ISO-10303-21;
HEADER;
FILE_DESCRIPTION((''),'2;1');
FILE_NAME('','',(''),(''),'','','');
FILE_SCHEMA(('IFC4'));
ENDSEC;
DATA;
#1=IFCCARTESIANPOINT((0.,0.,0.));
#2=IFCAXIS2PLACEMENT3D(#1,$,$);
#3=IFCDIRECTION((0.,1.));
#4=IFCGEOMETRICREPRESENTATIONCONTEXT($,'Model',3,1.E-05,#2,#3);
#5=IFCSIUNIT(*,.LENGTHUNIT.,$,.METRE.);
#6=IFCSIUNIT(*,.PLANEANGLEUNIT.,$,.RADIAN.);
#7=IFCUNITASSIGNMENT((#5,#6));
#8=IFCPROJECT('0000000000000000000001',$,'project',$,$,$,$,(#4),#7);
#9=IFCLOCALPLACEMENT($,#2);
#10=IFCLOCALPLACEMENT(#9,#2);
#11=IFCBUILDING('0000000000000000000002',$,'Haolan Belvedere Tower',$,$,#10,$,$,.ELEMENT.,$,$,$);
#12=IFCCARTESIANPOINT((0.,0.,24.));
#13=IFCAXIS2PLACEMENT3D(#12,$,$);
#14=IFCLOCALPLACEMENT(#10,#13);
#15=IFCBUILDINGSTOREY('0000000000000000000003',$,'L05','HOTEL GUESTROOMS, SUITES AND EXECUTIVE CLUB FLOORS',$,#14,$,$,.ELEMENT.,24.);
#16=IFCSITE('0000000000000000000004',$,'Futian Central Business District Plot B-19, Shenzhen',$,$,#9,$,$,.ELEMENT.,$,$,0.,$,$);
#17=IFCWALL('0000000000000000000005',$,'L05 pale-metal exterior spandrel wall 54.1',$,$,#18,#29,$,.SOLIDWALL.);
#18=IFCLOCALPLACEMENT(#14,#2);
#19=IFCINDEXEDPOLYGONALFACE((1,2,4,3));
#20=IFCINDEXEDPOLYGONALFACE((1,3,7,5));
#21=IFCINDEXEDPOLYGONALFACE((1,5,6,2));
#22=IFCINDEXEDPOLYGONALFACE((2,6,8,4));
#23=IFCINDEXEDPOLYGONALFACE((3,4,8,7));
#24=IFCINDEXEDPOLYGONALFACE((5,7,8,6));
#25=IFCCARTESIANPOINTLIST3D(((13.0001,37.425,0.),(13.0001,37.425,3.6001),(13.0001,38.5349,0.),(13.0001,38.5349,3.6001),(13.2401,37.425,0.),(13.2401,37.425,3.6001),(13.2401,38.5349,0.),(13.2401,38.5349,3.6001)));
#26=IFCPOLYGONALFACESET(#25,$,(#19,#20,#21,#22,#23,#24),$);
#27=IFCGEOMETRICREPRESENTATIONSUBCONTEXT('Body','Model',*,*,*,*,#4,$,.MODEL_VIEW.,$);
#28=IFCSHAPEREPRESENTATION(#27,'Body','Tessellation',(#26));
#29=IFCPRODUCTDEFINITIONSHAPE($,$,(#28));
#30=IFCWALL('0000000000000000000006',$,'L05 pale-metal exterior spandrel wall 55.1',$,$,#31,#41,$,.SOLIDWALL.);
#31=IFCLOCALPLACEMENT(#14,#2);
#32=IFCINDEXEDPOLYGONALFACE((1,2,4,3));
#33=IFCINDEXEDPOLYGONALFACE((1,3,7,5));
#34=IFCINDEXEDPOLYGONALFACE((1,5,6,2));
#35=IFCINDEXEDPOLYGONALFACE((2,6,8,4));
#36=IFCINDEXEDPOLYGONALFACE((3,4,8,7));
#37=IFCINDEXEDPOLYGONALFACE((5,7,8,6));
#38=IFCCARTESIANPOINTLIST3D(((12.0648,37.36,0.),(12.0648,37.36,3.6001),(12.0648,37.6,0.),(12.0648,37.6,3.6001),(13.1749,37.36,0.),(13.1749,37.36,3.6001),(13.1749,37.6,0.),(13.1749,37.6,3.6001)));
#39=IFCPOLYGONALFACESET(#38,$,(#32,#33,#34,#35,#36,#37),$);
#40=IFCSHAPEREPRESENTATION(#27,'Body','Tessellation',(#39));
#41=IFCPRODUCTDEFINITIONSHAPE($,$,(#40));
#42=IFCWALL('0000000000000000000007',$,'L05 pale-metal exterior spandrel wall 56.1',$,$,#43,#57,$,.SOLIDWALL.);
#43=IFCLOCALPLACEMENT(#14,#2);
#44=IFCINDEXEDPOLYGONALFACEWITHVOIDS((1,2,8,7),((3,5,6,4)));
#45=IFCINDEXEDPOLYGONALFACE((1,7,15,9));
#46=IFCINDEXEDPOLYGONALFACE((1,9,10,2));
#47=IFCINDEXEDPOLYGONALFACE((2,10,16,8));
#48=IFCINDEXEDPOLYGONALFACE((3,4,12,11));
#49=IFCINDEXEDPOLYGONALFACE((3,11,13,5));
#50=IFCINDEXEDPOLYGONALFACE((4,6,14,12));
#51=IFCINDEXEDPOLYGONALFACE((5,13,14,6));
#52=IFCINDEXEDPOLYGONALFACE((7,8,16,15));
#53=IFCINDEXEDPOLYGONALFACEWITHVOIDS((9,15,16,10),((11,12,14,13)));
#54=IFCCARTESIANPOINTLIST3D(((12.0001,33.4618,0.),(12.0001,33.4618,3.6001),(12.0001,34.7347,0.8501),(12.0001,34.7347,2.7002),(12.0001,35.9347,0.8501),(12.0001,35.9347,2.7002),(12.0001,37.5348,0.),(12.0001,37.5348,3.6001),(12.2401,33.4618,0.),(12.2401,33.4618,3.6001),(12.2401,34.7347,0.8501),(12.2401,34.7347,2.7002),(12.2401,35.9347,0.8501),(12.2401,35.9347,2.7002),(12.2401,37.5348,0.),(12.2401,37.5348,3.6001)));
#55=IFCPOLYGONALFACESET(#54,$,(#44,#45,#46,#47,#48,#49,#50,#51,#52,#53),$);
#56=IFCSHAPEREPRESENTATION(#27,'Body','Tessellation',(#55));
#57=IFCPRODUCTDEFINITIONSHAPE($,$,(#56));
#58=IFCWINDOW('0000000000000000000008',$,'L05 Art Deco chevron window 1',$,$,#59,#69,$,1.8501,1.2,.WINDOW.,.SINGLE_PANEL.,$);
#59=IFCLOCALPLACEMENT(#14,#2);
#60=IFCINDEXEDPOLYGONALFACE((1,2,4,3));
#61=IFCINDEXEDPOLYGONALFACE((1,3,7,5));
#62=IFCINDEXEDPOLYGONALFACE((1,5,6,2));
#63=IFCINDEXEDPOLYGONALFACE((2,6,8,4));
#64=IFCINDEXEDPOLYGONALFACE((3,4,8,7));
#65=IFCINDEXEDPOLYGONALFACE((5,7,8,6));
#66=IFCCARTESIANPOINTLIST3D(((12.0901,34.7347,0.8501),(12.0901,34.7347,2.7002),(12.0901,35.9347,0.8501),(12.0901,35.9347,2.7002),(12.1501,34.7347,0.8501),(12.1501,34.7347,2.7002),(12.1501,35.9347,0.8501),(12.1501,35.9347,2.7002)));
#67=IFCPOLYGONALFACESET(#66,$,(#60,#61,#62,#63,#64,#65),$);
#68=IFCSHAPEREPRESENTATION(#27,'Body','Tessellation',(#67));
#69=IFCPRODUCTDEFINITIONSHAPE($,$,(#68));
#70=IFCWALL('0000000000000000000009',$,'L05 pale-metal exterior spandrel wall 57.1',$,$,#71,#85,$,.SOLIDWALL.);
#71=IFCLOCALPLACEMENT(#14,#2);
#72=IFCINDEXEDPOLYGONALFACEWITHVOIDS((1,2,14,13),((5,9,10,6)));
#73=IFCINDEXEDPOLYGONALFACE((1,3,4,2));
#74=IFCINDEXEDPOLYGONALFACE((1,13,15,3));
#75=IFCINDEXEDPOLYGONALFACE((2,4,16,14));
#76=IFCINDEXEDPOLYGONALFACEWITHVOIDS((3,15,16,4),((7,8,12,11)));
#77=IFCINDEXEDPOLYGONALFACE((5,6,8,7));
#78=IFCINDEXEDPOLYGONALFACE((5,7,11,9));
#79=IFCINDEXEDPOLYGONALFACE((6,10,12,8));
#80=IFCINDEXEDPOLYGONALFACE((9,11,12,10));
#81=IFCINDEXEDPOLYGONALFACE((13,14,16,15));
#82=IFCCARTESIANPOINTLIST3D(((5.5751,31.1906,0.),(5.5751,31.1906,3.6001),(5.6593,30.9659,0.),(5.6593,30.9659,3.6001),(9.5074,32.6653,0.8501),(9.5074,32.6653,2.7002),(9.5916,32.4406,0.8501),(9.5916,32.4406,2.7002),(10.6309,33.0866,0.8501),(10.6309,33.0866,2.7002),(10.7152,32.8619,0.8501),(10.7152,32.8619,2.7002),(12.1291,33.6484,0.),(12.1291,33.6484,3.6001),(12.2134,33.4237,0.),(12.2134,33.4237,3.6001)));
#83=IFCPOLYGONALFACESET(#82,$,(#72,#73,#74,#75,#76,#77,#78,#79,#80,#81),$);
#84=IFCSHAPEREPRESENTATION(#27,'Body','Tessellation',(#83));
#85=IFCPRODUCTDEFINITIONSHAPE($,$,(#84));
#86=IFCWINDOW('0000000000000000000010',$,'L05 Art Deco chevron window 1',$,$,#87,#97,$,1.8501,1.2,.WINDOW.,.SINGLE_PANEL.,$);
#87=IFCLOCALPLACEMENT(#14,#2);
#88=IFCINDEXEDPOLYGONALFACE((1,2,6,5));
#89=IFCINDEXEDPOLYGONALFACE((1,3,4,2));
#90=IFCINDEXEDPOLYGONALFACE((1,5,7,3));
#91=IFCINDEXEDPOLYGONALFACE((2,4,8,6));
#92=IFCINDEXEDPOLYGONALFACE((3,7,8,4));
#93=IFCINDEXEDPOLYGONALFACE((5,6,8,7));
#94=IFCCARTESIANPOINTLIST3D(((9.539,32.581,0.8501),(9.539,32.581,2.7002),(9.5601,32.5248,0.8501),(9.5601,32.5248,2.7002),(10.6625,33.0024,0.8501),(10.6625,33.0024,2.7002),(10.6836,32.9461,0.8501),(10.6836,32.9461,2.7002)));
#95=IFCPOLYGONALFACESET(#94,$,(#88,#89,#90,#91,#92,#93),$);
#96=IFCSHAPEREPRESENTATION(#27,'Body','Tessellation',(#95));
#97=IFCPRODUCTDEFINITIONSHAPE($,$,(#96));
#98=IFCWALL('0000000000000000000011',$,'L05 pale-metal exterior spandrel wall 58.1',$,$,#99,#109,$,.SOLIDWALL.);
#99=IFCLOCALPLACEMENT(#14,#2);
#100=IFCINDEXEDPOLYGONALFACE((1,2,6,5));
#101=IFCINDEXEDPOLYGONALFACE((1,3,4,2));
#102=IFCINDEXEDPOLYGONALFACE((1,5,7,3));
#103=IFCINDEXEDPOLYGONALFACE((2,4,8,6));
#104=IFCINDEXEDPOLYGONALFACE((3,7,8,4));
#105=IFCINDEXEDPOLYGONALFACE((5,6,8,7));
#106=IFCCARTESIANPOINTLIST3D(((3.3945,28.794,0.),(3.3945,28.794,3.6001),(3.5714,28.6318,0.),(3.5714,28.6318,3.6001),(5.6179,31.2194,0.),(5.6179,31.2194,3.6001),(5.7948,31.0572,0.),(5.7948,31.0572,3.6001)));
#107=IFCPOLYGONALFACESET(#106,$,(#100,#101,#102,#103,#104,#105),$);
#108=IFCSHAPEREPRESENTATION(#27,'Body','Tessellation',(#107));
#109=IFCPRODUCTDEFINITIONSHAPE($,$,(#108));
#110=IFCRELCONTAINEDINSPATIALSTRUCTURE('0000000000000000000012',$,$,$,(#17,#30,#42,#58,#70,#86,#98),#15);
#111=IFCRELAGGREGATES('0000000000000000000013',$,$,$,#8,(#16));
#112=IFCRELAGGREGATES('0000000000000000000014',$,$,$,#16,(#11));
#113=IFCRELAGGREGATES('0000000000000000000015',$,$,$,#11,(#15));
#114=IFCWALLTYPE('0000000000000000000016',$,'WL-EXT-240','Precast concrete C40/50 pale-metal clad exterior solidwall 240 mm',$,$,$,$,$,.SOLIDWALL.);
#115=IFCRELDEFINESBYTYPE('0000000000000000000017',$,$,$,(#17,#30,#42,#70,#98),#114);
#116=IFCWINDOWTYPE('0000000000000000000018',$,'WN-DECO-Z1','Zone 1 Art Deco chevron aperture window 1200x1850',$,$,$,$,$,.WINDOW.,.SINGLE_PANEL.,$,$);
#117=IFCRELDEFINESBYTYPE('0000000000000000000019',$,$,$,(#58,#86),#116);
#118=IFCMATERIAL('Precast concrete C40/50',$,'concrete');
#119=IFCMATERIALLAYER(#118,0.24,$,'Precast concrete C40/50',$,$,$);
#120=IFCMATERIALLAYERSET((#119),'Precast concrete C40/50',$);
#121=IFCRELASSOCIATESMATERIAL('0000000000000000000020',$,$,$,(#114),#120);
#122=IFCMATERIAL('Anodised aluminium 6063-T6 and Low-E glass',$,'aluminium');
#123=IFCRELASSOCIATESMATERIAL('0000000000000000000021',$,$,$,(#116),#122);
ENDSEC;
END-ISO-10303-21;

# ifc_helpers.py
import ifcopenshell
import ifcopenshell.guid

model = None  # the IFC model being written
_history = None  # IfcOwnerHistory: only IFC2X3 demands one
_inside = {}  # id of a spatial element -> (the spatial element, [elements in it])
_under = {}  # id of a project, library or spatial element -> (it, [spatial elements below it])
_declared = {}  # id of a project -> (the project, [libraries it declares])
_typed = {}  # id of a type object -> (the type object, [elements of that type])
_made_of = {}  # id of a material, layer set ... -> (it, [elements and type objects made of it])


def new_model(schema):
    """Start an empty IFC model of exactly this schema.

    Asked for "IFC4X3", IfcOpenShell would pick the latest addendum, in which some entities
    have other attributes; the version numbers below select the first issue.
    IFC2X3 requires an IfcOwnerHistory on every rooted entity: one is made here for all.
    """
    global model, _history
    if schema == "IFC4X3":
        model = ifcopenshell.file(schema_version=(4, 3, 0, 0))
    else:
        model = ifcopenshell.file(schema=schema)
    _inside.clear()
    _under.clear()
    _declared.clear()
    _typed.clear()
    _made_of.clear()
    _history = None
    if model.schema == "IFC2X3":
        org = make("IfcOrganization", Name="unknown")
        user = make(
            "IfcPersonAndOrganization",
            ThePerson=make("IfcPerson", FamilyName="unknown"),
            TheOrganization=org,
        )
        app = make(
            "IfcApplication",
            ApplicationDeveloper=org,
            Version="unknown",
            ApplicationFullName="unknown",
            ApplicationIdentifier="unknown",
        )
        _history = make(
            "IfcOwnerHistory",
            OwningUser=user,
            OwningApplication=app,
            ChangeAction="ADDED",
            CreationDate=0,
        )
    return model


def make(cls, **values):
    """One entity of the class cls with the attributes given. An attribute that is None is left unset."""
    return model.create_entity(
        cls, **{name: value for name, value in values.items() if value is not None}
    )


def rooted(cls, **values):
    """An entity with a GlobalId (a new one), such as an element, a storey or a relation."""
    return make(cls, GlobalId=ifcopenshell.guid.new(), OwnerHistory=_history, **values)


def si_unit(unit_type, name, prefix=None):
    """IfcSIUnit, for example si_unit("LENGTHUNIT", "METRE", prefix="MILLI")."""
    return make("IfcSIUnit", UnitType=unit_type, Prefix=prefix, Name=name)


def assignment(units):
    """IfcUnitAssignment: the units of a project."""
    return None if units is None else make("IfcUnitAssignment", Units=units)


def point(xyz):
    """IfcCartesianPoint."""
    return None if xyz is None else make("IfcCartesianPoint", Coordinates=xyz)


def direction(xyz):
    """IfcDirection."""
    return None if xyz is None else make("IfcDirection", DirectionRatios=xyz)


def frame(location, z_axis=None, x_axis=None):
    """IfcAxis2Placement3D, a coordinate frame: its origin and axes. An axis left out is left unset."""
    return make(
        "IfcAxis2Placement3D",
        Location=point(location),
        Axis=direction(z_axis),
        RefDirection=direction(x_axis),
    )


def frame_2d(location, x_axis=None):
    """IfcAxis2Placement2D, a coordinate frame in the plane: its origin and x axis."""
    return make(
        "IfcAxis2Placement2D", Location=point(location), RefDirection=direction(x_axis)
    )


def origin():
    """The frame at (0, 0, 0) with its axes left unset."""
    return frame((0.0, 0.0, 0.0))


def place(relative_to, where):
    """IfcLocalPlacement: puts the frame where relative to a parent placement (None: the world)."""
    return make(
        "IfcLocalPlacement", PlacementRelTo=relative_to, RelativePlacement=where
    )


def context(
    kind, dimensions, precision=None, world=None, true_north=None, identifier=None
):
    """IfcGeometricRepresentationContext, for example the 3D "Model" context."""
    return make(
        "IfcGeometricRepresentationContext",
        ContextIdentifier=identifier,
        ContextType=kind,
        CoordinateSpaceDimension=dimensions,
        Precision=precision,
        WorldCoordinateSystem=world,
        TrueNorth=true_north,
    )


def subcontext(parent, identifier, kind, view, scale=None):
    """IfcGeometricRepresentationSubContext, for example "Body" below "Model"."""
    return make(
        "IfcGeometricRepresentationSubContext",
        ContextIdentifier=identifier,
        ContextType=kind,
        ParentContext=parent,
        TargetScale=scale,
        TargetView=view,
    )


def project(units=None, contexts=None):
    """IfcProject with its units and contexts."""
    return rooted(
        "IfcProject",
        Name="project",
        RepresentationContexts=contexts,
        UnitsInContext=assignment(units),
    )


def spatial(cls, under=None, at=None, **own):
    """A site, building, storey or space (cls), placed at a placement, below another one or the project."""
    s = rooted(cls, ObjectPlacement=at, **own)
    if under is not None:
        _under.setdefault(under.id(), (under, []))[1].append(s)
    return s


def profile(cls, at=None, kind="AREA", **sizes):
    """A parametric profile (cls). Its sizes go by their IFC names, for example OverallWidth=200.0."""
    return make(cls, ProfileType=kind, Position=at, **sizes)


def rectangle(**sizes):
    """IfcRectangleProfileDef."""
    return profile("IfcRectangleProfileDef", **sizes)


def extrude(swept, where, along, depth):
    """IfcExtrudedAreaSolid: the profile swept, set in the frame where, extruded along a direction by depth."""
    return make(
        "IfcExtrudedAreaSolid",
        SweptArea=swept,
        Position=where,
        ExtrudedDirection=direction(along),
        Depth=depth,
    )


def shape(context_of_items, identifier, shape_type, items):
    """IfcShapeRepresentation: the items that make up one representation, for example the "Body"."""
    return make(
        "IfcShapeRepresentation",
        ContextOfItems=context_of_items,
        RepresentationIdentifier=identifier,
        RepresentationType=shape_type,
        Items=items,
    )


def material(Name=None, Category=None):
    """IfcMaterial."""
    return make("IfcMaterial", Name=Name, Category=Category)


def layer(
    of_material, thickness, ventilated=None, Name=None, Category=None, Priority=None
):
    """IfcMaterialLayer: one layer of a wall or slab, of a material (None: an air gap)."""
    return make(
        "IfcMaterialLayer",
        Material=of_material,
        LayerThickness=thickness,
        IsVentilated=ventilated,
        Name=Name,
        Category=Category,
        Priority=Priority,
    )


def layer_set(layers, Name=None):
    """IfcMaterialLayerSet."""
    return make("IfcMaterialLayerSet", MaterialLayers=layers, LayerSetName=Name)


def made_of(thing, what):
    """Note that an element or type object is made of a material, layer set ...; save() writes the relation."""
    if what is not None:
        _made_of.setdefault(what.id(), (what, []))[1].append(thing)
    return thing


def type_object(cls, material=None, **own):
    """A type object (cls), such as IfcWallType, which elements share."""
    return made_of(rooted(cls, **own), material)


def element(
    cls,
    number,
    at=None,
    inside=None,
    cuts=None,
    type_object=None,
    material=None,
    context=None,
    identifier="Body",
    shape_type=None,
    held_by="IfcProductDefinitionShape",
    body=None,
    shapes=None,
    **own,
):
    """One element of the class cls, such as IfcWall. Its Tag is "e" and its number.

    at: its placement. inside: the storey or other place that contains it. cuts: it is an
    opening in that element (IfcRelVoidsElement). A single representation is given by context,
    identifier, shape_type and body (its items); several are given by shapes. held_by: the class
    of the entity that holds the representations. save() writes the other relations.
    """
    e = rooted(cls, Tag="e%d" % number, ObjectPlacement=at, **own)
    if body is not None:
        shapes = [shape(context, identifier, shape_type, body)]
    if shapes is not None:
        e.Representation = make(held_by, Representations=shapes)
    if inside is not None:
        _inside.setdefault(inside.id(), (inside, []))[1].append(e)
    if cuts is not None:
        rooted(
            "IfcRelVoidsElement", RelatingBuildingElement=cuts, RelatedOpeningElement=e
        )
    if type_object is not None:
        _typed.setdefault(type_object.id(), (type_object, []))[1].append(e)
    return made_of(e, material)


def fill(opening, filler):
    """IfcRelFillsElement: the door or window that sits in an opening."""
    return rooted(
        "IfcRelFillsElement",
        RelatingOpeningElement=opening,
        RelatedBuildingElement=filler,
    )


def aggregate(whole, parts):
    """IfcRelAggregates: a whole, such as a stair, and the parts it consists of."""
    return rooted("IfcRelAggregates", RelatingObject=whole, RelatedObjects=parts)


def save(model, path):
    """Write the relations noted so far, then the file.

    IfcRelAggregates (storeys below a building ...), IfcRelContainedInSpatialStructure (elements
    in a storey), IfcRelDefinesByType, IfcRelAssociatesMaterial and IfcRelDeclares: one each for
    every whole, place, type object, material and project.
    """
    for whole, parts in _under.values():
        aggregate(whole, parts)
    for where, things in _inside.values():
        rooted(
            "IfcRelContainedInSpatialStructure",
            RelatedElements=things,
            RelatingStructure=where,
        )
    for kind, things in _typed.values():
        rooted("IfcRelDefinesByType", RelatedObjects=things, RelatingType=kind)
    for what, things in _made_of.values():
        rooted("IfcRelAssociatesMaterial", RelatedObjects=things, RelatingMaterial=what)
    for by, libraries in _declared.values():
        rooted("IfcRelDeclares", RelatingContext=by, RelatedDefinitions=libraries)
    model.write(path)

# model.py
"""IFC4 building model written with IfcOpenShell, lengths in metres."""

from ifc_helpers import new_model, si_unit, direction, frame, frame_2d, origin, place, context, subcontext, project, spatial, rectangle, extrude, material, layer, layer_set, type_object, element, fill, save


model = new_model("IFC4")

# Units and contexts
model_context = context("Model", 3, precision=1e-05, world=origin(), true_north=direction((0.0, 1.0)))
body_context = subcontext(model_context, "Body", "Model", "MODEL_VIEW")
ifc_project = project(units=[si_unit("LENGTHUNIT", "METRE"), si_unit("PLANEANGLEUNIT", "RADIAN")], contexts=[model_context])

# Site, building, storey
site_placement = place(None, origin())
site = spatial("IfcSite", under=ifc_project, at=site_placement, Name="Futian Central Business District Plot B-19, Shenzhen", CompositionType="ELEMENT", RefElevation=0.0)
building_placement = place(site_placement, origin())
building = spatial("IfcBuilding", under=site, at=building_placement, Name="Haolan Belvedere Tower", CompositionType="ELEMENT")
storey_placement = place(building_placement, frame((0.0, 0.0, 24.0)))
storey = spatial("IfcBuildingStorey", under=building, at=storey_placement, Name="L05", Description="HOTEL GUESTROOMS, SUITES AND EXECUTIVE CLUB FLOORS", CompositionType="ELEMENT", Elevation=24.0)

# Walls
ifc_material_1 = material(Name="Precast concrete C40/50", Category="concrete")
ifc_layer_1 = layer(ifc_material_1, 0.24, Name="Precast concrete C40/50")
ifc_layer_set_1 = layer_set([ifc_layer_1], Name="Precast concrete C40/50")
wall_type_1 = type_object("IfcWallType", Name="WL-EXT-240", Description="Precast concrete C40/50 pale-metal clad exterior solidwall 240 mm", PredefinedType="SOLIDWALL", material=ifc_layer_set_1)
wall_1_placement = place(storey_placement, frame((13.1201, 38.5349, 0.0), z_axis=(0.0, 0.0, 1.0), x_axis=(0.0, -1.0, 0.0)))
element("IfcWall", 1, at=wall_1_placement, inside=storey, type_object=wall_type_1, Name="L05 pale-metal exterior spandrel wall 54.1", PredefinedType="SOLIDWALL", context=body_context, shape_type="SweptSolid", body=[
    extrude(rectangle(XDim=1.1099, YDim=0.24, at=frame_2d((0.5549, 0.0))), origin(), (0.0, 0.0, 1.0), 3.6001),
])
wall_2_placement = place(storey_placement, frame((13.175, 37.48, 0.0), z_axis=(0.0, 0.0, 1.0), x_axis=(-1.0, 0.0, 0.0)))
element("IfcWall", 2, at=wall_2_placement, inside=storey, type_object=wall_type_1, Name="L05 pale-metal exterior spandrel wall 55.1", PredefinedType="SOLIDWALL", context=body_context, shape_type="SweptSolid", body=[
    extrude(rectangle(XDim=1.1101, YDim=0.24, at=frame_2d((0.5552, 0.0))), origin(), (0.0, 0.0, 1.0), 3.6001),
])

# Walls, openings, windows
wall_3_placement = place(storey_placement, frame((12.1201, 37.5349, 0.0), z_axis=(0.0, 0.0, 1.0), x_axis=(0.0, -1.0, 0.0)))
wall_3 = element("IfcWall", 3, at=wall_3_placement, inside=storey, type_object=wall_type_1, Name="L05 pale-metal exterior spandrel wall 56.1", PredefinedType="SOLIDWALL", context=body_context, shape_type="SweptSolid", body=[
    extrude(rectangle(XDim=4.073, YDim=0.24, at=frame_2d((2.0366, 0.0))), origin(), (0.0, 0.0, 1.0), 3.6001),
])
opening_1_placement = place(wall_3_placement, frame((1.6001, 0.0, 0.8501)))
opening_1 = element("IfcOpeningElement", 4, at=opening_1_placement, cuts=wall_3, PredefinedType="OPENING", context=body_context, shape_type="SweptSolid", body=[
    extrude(rectangle(XDim=1.2, YDim=1.8501, at=frame_2d((0.6001, 0.925))), frame((0.0, 0.1299, 0.0), z_axis=(0.0, -1.0, 0.0), x_axis=(1.0, 0.0, 0.0)), (0.0, 0.0, 1.0), 0.26),
])
ifc_material_2 = material(Name="Anodised aluminium 6063-T6 and Low-E glass", Category="aluminium")
window_type = type_object("IfcWindowType", Name="WN-DECO-Z1", Description="Zone 1 Art Deco chevron aperture window 1200x1850", PartitioningType="SINGLE_PANEL", PredefinedType="WINDOW", material=ifc_material_2)
window_1_placement = place(opening_1_placement, origin())
window_1 = element("IfcWindow", 5, at=window_1_placement, inside=storey, type_object=window_type, Name="L05 Art Deco chevron window 1", OverallHeight=1.8501, OverallWidth=1.2, PartitioningType="SINGLE_PANEL", PredefinedType="WINDOW", context=body_context, shape_type="SweptSolid", body=[
    extrude(rectangle(XDim=1.2, YDim=1.8501, at=frame_2d((0.6001, 0.925))), frame((0.0, 0.03, 0.0), z_axis=(0.0, -1.0, 0.0), x_axis=(1.0, 0.0, 0.0)), (0.0, 0.0, 1.0), 0.0601),
])
fill(opening_1, window_1)
wall_4_placement = place(storey_placement, frame((12.1714, 33.5361, 0.0), z_axis=(0.0, 0.0, 1.0), x_axis=(-0.936328, -0.351127, 0.0)))
wall_4 = element("IfcWall", 6, at=wall_4_placement, inside=storey, type_object=wall_type_1, Name="L05 pale-metal exterior spandrel wall 57.1", PredefinedType="SOLIDWALL", context=body_context, shape_type="SweptSolid", body=[
    extrude(rectangle(XDim=6.9998, YDim=0.24, at=frame_2d((3.5, 0.0))), origin(), (0.0, 0.0, 1.0), 3.6001),
])
opening_2_placement = place(wall_4_placement, frame((1.6001, 0.0, 0.8501)))
opening_2 = element("IfcOpeningElement", 7, at=opening_2_placement, cuts=wall_4, PredefinedType="OPENING", context=body_context, shape_type="SweptSolid", body=[
    extrude(rectangle(XDim=1.2, YDim=1.8501, at=frame_2d((0.6001, 0.925))), frame((0.0, 0.1299, 0.0), z_axis=(0.0, -1.0, 0.0), x_axis=(1.0, 0.0, 0.0)), (0.0, 0.0, 1.0), 0.26),
])
window_2_placement = place(opening_2_placement, origin())
window_2 = element("IfcWindow", 8, at=window_2_placement, inside=storey, type_object=window_type, Name="L05 Art Deco chevron window 1", OverallHeight=1.8501, OverallWidth=1.2, PartitioningType="SINGLE_PANEL", PredefinedType="WINDOW", context=body_context, shape_type="SweptSolid", body=[
    extrude(rectangle(XDim=1.2, YDim=1.8501, at=frame_2d((0.6001, 0.925))), frame((0.0, 0.03, 0.0), z_axis=(0.0, -1.0, 0.0), x_axis=(1.0, 0.0, 0.0)), (0.0, 0.0, 1.0), 0.0601),
])
fill(opening_2, window_2)

# Wall
wall_5_placement = place(storey_placement, frame((5.7063, 31.1382, 0.0), z_axis=(0.0, 0.0, 1.0), x_axis=(-0.675758, -0.737123, 0.0)))
element("IfcWall", 9, at=wall_5_placement, inside=storey, type_object=wall_type_1, Name="L05 pale-metal exterior spandrel wall 58.1", PredefinedType="SOLIDWALL", context=body_context, shape_type="SweptSolid", body=[
    extrude(rectangle(XDim=3.2903, YDim=0.24, at=frame_2d((1.645, 0.0))), origin(), (0.0, 0.0, 1.0), 3.6001),
])

save(model, "model.ifc")
